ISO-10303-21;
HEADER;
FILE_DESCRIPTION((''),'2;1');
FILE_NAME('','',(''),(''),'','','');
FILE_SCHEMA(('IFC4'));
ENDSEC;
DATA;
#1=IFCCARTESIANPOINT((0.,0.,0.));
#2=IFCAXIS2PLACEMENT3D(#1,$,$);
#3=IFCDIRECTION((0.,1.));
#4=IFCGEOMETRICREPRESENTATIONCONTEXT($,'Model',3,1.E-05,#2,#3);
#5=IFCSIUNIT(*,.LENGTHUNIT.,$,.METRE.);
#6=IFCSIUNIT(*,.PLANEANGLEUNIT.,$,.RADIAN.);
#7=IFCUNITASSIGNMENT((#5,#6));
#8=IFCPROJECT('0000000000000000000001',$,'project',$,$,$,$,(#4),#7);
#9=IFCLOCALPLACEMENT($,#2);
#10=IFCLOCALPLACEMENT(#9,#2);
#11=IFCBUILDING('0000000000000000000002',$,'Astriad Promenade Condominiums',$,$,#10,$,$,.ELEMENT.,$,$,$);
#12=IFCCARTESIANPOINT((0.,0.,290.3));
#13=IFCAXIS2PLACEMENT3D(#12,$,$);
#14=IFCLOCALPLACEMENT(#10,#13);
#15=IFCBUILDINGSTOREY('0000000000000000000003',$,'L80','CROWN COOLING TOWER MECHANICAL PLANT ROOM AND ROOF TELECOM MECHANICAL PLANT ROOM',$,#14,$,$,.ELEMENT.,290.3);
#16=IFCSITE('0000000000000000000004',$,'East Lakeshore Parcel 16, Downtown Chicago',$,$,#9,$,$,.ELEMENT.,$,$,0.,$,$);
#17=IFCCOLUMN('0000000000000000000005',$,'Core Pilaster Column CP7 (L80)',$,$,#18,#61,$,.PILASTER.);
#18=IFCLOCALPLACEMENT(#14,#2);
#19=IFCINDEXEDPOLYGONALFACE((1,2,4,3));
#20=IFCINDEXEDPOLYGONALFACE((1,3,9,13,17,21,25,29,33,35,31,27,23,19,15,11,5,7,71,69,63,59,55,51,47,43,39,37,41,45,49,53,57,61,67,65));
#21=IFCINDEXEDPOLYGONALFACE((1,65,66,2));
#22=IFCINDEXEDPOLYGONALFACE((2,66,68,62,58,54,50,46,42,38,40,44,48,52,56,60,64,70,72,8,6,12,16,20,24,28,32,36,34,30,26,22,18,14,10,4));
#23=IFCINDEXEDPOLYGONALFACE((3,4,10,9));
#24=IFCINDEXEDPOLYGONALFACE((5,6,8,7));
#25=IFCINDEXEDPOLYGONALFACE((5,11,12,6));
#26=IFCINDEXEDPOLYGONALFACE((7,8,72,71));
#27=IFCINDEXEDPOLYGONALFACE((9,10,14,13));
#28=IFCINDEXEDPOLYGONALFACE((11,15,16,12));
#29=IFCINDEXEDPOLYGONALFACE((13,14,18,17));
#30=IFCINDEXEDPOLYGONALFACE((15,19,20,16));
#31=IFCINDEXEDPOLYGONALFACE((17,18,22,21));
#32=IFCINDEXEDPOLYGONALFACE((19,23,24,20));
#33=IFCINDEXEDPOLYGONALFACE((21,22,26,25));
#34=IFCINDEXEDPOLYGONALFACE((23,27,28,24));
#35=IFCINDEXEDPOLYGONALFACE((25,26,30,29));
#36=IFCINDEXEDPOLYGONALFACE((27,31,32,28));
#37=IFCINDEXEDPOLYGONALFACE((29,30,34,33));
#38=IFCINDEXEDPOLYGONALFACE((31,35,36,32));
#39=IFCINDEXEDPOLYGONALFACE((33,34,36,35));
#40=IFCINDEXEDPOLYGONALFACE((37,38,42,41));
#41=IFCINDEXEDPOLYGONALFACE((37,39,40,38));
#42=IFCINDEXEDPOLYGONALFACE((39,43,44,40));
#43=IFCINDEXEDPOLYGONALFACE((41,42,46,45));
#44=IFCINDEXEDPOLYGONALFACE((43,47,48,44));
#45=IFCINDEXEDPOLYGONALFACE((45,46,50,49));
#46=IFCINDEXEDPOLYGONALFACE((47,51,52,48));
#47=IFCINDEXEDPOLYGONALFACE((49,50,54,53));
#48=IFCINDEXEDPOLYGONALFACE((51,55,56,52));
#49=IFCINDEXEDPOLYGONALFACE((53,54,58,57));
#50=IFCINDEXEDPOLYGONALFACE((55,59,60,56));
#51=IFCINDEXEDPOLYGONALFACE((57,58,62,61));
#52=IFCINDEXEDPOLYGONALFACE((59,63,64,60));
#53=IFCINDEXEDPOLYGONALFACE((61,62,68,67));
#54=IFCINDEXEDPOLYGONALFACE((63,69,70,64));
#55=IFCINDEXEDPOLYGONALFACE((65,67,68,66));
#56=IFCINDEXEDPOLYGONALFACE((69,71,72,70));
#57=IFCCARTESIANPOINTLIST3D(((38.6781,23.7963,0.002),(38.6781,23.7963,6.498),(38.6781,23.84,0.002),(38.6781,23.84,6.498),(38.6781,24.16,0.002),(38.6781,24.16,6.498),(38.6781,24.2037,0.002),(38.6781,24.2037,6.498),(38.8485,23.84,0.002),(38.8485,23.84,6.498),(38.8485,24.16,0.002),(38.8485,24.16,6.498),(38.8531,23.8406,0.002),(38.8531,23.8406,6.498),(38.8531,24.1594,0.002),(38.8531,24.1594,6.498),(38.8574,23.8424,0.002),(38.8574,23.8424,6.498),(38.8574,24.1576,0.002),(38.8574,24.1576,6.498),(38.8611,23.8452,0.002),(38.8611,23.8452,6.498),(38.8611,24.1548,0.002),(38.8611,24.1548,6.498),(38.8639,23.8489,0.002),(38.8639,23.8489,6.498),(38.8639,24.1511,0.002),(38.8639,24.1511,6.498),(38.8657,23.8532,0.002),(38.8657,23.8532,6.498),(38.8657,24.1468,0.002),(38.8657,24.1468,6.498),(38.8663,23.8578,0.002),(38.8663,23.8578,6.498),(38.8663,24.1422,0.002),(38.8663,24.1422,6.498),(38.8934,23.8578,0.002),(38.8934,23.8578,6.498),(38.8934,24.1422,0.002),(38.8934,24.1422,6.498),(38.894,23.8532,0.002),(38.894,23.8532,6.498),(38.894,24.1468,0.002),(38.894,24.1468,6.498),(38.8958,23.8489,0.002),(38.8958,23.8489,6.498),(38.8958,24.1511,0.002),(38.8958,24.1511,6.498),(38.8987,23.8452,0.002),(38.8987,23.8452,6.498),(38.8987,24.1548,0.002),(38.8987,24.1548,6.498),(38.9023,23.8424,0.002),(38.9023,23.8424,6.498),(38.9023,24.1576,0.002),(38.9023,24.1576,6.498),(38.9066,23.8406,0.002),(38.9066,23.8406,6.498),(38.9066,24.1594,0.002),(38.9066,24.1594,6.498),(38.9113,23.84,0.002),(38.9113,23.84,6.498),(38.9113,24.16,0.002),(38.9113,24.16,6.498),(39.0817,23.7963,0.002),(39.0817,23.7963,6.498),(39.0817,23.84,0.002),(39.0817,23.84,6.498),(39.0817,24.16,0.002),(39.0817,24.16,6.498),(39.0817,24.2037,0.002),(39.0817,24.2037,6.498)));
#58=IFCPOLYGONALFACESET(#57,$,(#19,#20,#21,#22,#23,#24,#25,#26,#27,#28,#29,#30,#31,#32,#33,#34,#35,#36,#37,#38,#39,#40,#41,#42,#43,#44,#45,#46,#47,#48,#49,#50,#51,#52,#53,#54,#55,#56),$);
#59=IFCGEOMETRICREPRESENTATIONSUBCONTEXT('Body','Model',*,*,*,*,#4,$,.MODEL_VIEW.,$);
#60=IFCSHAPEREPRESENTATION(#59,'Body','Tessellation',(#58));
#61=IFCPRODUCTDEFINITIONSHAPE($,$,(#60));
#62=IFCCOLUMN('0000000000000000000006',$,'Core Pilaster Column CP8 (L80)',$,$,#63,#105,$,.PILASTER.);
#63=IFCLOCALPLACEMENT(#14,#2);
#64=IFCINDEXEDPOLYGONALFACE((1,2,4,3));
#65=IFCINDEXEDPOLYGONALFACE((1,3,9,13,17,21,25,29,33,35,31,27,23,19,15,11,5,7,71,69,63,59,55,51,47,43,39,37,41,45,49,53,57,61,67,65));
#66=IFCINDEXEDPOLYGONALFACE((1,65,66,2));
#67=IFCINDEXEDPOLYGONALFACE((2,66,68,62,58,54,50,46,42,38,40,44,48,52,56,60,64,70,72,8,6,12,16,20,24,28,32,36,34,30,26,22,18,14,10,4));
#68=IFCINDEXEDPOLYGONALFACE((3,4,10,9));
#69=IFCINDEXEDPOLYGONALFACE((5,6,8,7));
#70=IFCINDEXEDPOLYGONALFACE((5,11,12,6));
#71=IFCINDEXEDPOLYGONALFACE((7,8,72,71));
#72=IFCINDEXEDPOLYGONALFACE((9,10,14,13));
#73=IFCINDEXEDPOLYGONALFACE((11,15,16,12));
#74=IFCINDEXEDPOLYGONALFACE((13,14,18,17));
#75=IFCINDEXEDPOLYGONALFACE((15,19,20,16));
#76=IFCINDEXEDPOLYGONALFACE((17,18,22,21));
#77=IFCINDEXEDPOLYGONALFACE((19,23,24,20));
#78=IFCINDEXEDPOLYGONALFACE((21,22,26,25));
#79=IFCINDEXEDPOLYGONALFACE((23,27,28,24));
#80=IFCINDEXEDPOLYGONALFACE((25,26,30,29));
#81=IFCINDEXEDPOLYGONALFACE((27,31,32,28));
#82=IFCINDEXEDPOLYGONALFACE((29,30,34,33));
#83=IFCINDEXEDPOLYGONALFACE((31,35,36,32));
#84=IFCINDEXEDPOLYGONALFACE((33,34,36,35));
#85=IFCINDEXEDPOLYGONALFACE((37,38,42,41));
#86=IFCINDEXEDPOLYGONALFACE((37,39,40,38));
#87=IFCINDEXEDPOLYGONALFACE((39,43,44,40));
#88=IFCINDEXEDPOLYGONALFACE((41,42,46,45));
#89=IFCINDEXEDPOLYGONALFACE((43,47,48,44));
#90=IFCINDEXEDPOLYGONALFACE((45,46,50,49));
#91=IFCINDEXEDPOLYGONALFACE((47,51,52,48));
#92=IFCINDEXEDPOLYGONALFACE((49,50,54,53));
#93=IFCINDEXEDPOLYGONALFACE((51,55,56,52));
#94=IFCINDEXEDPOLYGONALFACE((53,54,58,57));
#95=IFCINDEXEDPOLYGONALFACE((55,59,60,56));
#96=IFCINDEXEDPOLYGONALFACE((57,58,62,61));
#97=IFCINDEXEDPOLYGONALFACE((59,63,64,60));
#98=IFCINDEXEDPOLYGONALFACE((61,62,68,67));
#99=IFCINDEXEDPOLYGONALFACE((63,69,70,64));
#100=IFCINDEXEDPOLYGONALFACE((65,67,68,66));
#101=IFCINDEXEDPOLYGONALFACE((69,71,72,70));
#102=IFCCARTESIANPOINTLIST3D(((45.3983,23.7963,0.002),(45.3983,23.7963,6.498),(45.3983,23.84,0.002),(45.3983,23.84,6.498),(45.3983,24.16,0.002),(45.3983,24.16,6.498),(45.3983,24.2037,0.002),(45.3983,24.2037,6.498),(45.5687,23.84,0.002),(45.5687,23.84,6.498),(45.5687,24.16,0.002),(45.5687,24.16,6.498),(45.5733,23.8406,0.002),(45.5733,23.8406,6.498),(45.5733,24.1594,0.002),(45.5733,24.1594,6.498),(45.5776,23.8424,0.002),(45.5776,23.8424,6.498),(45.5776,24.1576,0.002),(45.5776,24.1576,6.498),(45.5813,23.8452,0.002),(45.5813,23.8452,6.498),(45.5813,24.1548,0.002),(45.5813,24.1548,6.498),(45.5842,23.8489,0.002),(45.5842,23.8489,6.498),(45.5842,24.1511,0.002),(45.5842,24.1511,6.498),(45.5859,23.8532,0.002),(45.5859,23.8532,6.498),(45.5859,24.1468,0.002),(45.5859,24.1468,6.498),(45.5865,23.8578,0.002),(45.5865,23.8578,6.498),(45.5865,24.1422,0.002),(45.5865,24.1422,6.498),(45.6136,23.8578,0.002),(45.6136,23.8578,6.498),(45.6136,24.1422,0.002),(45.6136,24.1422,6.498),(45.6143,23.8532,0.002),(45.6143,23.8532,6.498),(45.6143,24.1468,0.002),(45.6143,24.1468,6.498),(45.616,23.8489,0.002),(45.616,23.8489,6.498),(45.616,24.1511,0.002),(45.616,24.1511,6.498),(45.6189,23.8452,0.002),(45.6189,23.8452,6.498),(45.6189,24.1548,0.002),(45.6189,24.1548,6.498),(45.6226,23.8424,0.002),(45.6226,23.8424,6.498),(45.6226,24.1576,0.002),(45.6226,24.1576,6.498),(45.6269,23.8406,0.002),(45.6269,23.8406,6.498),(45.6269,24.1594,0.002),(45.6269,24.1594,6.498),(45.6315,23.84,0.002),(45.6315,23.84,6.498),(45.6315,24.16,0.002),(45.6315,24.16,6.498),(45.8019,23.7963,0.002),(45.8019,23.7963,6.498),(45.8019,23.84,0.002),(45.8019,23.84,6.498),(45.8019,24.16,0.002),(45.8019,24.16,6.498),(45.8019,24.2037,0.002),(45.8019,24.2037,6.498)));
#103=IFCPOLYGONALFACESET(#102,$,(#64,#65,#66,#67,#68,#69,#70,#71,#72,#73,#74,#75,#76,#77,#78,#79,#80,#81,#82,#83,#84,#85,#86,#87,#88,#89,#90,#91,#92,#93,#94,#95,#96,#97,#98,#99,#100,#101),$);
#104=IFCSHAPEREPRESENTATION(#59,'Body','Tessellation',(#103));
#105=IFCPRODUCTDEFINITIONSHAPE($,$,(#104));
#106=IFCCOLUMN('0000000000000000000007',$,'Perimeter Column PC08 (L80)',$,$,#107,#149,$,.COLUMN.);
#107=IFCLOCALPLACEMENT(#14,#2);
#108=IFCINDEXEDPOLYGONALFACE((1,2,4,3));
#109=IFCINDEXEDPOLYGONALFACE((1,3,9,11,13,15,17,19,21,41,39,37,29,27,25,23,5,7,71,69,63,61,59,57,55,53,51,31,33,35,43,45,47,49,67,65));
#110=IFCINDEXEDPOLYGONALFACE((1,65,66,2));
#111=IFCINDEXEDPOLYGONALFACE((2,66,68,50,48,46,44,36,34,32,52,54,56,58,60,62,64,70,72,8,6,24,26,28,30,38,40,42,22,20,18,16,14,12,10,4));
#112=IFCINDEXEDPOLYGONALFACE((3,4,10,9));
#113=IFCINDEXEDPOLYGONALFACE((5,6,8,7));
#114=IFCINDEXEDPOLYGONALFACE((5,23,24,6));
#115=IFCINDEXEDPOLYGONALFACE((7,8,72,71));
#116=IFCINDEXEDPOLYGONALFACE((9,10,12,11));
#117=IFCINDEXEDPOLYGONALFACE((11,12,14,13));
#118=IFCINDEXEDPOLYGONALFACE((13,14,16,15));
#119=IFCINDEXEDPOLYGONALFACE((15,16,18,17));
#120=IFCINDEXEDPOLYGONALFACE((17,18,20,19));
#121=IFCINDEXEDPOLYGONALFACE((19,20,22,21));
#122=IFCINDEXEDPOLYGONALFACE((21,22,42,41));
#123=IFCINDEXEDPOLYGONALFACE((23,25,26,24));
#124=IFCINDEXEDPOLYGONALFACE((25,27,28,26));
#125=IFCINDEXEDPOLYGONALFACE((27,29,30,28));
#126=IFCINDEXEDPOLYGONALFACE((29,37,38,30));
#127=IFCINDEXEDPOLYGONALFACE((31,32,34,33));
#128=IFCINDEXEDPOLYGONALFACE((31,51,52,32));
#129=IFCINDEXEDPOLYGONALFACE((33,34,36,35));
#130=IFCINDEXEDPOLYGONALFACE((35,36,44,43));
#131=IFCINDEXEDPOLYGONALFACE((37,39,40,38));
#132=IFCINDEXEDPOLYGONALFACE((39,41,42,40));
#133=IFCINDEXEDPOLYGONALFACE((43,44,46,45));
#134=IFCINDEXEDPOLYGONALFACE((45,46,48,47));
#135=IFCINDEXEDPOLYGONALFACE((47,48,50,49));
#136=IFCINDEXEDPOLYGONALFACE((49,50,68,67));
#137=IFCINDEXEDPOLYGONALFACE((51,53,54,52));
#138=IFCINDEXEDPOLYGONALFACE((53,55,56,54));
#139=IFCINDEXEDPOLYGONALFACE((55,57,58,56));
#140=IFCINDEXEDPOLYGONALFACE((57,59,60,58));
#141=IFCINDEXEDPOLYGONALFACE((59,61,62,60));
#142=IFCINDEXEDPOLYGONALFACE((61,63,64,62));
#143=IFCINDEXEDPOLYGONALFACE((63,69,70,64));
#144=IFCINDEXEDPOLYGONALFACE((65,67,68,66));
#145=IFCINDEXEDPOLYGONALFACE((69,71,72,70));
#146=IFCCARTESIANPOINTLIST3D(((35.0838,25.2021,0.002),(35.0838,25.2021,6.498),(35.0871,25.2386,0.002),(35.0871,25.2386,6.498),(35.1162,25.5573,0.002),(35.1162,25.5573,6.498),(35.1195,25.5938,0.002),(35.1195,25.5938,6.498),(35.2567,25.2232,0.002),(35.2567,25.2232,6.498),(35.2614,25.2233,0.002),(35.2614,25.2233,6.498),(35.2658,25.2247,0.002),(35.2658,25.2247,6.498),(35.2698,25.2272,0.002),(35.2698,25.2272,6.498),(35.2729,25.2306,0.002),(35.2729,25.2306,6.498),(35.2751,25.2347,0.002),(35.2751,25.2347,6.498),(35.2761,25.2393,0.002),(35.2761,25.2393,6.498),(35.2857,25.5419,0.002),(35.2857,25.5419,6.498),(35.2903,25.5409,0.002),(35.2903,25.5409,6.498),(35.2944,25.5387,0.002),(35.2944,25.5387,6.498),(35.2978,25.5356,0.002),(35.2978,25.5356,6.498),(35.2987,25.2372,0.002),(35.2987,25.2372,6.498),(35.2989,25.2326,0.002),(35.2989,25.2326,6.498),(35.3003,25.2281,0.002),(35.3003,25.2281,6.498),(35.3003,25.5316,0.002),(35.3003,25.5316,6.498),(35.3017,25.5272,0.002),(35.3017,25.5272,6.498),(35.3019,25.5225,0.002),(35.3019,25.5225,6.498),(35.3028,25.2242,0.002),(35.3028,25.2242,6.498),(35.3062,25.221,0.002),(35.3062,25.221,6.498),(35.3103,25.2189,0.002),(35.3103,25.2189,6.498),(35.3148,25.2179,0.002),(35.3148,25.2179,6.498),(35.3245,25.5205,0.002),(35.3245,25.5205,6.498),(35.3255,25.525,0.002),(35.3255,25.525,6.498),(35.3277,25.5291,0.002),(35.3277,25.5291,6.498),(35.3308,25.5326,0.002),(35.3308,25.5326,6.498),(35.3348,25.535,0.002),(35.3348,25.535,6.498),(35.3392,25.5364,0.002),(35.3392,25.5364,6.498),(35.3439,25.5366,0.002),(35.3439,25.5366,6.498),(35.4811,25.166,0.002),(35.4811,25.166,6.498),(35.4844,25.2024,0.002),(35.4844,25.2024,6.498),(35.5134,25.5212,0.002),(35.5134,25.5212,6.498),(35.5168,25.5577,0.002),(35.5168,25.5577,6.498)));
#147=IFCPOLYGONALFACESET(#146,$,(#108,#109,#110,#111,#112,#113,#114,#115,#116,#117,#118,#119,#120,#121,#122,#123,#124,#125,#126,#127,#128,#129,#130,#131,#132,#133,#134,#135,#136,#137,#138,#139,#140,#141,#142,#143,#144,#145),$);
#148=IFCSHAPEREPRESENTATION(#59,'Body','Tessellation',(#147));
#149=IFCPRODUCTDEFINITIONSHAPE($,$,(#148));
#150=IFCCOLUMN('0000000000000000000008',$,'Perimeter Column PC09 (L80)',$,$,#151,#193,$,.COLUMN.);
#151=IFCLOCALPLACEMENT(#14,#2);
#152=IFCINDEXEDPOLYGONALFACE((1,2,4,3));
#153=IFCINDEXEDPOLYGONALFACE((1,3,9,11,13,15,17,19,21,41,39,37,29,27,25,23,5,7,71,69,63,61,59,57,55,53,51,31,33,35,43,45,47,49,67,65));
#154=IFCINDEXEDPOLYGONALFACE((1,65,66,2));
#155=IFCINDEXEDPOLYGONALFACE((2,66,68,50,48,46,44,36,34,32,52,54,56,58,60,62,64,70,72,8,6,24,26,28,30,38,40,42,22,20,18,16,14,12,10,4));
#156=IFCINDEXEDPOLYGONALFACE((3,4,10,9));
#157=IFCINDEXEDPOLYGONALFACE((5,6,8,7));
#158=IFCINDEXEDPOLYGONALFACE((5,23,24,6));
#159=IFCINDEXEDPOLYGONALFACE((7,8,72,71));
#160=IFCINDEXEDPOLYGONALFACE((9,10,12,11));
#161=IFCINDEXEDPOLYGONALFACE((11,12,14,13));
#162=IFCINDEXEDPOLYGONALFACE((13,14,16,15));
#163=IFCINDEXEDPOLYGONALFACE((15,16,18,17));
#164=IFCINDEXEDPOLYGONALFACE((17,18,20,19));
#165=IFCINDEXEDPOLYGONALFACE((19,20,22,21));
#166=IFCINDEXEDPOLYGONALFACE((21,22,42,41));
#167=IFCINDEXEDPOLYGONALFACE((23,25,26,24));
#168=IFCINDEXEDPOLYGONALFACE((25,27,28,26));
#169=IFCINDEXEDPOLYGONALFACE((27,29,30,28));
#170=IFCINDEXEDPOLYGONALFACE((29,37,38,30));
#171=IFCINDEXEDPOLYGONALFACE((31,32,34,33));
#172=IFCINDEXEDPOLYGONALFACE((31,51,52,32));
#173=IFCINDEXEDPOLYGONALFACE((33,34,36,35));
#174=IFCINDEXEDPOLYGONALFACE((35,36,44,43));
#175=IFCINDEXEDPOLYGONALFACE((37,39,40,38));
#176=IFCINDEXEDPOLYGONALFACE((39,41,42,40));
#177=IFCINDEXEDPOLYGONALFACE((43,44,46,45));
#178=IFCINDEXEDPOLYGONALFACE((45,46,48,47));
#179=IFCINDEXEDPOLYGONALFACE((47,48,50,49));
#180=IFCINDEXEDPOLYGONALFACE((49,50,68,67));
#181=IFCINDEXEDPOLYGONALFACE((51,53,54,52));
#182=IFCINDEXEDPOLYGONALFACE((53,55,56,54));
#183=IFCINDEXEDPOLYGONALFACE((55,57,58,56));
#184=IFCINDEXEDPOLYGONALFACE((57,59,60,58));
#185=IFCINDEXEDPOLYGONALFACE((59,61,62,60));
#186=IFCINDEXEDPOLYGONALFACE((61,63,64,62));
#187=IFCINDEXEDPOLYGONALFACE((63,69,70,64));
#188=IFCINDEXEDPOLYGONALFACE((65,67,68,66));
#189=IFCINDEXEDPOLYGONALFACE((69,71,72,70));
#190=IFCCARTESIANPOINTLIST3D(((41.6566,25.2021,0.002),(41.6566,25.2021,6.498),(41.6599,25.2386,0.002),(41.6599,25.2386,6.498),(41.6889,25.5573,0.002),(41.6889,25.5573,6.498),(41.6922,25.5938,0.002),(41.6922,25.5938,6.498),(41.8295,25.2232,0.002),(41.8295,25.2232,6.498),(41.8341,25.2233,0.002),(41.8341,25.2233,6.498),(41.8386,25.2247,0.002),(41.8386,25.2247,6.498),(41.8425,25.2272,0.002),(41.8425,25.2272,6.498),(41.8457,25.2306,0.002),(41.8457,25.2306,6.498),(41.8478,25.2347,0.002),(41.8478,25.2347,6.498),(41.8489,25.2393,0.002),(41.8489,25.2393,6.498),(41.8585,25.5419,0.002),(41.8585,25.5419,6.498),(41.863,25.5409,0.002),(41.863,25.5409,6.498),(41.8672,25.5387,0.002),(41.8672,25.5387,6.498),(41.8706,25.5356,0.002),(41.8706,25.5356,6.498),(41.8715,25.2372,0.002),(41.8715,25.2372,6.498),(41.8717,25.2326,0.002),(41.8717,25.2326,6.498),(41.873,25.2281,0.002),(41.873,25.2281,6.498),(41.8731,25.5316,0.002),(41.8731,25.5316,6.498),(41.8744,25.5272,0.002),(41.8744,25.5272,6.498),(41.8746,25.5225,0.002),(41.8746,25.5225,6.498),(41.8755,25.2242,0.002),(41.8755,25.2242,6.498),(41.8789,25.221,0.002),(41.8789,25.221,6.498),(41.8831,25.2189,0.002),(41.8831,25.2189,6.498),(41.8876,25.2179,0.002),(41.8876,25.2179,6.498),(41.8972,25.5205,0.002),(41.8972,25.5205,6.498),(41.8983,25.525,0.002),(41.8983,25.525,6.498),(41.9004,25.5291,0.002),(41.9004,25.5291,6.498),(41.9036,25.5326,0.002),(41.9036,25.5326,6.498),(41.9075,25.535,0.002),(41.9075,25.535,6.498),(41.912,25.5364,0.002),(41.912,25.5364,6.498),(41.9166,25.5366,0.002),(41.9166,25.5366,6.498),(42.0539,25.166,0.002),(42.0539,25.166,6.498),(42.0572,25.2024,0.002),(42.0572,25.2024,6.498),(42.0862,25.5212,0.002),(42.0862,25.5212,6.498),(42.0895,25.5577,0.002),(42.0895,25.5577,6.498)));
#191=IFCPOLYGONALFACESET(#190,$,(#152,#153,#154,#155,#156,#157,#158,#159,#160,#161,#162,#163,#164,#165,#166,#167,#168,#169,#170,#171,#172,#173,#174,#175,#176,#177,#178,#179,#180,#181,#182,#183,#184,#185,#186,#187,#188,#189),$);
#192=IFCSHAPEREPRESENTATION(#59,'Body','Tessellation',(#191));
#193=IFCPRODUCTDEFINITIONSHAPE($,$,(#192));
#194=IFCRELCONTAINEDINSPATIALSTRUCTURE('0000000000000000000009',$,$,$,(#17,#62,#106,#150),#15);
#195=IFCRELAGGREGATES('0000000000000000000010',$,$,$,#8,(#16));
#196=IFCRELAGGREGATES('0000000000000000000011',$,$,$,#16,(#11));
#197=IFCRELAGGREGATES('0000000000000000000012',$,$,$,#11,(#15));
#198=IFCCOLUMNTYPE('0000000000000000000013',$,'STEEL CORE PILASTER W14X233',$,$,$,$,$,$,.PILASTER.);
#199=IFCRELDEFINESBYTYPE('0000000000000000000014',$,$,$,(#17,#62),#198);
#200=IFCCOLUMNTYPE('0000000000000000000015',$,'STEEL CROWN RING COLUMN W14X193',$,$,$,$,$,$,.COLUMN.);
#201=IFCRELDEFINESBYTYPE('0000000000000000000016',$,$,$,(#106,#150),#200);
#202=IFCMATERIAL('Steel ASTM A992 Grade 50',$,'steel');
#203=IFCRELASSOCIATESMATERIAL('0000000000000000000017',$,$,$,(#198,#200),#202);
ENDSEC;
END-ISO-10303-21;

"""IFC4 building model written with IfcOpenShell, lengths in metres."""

from ifc_helpers import new_model, si_unit, direction, frame, origin, origin_2d, place, context, subcontext, project, spatial, i_section, extrude, source, transform, mapped, material, material_profile, profile_set, type_object, type_shapes, element, save


model = new_model("IFC4")

# Units and contexts
model_context = context("Model", 3, precision=1e-05, world=origin(), true_north=direction((0.0, 1.0)))
body_context = subcontext(model_context, "Body", "Model", "MODEL_VIEW")
ifc_project = project(units=[si_unit("LENGTHUNIT", "METRE"), si_unit("PLANEANGLEUNIT", "RADIAN")], contexts=[model_context])

# Site, building, storey
site_placement = place(None, origin())
site = spatial("IfcSite", under=ifc_project, at=site_placement, Name="East Lakeshore Parcel 16, Downtown Chicago", CompositionType="ELEMENT", RefElevation=0.0)
building_placement = place(site_placement, origin())
building = spatial("IfcBuilding", under=site, at=building_placement, Name="Astriad Promenade Condominiums", CompositionType="ELEMENT")
storey_placement = place(building_placement, frame((0.0, 0.0, 290.3)))
storey = spatial("IfcBuildingStorey", under=building, at=storey_placement, Name="L80", Description="CROWN COOLING TOWER MECHANICAL PLANT ROOM AND ROOF TELECOM MECHANICAL PLANT ROOM", CompositionType="ELEMENT", Elevation=290.3)

# Columns
ifc_material_1 = material(Name="Steel ASTM A992 Grade 50", Category="steel")
ifc_material_profile_1 = material_profile(ifc_material_1, i_section(OverallWidth=0.4036, OverallDepth=0.4075, WebThickness=0.0271, FlangeThickness=0.0437, FilletRadius=0.0178, at=origin_2d()), Name="W14X233")
ifc_profile_set_1 = profile_set([ifc_material_profile_1], Name="Steel ASTM A992 Grade 50")
column_type_1 = type_object("IfcColumnType", Name="STEEL CORE PILASTER W14X233", PredefinedType="PILASTER", material=ifc_profile_set_1)
shared_shape_1 = source(origin(), body_context, "Body", "SweptSolid", [
    extrude(i_section(OverallWidth=0.4036, OverallDepth=0.4075, WebThickness=0.0271, FlangeThickness=0.0437, FilletRadius=0.0178, at=origin_2d()), origin(), (0.0, 0.0, 1.0), 6.4961),
])
type_shapes(column_type_1, [shared_shape_1])
for number, where, z_axis, x_axis, name in (
    (1, (38.8799, 24.0, 0.002), (0.0, 0.0, 1.0), (1.0, 0.0, 0.0), "Core Pilaster Column CP7 (L80)"),
    (2, (45.6001, 24.0, 0.002), (0.0, 0.0, 1.0), (1.0, 0.0, 0.0), "Core Pilaster Column CP8 (L80)"),
):
    element("IfcColumn", number, at=place(storey_placement, frame(where, z_axis=z_axis, x_axis=x_axis)), inside=storey, type_object=column_type_1, Name=name, PredefinedType="PILASTER", context=body_context, shape_type="MappedRepresentation", body=[
        mapped(shared_shape_1, transform((0.0, 0.0, 0.0), scale=1.0)),
    ])
ifc_material_profile_2 = material_profile(ifc_material_1, i_section(OverallWidth=0.3989, OverallDepth=0.3933, WebThickness=0.0227, FlangeThickness=0.0366, FilletRadius=0.0178, at=origin_2d()), Name="W14X193")
ifc_profile_set_2 = profile_set([ifc_material_profile_2], Name="Steel ASTM A992 Grade 50")
column_type_2 = type_object("IfcColumnType", Name="STEEL CROWN RING COLUMN W14X193", PredefinedType="COLUMN", material=ifc_profile_set_2)
shared_shape_2 = source(origin(), body_context, "Body", "SweptSolid", [
    extrude(i_section(OverallWidth=0.3989, OverallDepth=0.3933, WebThickness=0.0227, FlangeThickness=0.0366, FilletRadius=0.0178, at=origin_2d()), origin(), (0.0, 0.0, 1.0), 6.4961),
])
type_shapes(column_type_2, [shared_shape_2])
for number, where, z_axis, x_axis, name in (
    (3, (35.3003, 25.3799, 0.002), (0.0, 0.0, 1.0), (0.995884, -0.090633, 0.0), "Perimeter Column PC08 (L80)"),
    (4, (41.873, 25.3799, 0.002), (0.0, 0.0, 1.0), (0.995884, -0.090633, 0.0), "Perimeter Column PC09 (L80)"),
):
    element("IfcColumn", number, at=place(storey_placement, frame(where, z_axis=z_axis, x_axis=x_axis)), inside=storey, type_object=column_type_2, Name=name, PredefinedType="COLUMN", context=body_context, shape_type="MappedRepresentation", body=[
        mapped(shared_shape_2, transform((0.0, 0.0, 0.0), scale=1.0)),
    ])

save(model, "model.ifc")
